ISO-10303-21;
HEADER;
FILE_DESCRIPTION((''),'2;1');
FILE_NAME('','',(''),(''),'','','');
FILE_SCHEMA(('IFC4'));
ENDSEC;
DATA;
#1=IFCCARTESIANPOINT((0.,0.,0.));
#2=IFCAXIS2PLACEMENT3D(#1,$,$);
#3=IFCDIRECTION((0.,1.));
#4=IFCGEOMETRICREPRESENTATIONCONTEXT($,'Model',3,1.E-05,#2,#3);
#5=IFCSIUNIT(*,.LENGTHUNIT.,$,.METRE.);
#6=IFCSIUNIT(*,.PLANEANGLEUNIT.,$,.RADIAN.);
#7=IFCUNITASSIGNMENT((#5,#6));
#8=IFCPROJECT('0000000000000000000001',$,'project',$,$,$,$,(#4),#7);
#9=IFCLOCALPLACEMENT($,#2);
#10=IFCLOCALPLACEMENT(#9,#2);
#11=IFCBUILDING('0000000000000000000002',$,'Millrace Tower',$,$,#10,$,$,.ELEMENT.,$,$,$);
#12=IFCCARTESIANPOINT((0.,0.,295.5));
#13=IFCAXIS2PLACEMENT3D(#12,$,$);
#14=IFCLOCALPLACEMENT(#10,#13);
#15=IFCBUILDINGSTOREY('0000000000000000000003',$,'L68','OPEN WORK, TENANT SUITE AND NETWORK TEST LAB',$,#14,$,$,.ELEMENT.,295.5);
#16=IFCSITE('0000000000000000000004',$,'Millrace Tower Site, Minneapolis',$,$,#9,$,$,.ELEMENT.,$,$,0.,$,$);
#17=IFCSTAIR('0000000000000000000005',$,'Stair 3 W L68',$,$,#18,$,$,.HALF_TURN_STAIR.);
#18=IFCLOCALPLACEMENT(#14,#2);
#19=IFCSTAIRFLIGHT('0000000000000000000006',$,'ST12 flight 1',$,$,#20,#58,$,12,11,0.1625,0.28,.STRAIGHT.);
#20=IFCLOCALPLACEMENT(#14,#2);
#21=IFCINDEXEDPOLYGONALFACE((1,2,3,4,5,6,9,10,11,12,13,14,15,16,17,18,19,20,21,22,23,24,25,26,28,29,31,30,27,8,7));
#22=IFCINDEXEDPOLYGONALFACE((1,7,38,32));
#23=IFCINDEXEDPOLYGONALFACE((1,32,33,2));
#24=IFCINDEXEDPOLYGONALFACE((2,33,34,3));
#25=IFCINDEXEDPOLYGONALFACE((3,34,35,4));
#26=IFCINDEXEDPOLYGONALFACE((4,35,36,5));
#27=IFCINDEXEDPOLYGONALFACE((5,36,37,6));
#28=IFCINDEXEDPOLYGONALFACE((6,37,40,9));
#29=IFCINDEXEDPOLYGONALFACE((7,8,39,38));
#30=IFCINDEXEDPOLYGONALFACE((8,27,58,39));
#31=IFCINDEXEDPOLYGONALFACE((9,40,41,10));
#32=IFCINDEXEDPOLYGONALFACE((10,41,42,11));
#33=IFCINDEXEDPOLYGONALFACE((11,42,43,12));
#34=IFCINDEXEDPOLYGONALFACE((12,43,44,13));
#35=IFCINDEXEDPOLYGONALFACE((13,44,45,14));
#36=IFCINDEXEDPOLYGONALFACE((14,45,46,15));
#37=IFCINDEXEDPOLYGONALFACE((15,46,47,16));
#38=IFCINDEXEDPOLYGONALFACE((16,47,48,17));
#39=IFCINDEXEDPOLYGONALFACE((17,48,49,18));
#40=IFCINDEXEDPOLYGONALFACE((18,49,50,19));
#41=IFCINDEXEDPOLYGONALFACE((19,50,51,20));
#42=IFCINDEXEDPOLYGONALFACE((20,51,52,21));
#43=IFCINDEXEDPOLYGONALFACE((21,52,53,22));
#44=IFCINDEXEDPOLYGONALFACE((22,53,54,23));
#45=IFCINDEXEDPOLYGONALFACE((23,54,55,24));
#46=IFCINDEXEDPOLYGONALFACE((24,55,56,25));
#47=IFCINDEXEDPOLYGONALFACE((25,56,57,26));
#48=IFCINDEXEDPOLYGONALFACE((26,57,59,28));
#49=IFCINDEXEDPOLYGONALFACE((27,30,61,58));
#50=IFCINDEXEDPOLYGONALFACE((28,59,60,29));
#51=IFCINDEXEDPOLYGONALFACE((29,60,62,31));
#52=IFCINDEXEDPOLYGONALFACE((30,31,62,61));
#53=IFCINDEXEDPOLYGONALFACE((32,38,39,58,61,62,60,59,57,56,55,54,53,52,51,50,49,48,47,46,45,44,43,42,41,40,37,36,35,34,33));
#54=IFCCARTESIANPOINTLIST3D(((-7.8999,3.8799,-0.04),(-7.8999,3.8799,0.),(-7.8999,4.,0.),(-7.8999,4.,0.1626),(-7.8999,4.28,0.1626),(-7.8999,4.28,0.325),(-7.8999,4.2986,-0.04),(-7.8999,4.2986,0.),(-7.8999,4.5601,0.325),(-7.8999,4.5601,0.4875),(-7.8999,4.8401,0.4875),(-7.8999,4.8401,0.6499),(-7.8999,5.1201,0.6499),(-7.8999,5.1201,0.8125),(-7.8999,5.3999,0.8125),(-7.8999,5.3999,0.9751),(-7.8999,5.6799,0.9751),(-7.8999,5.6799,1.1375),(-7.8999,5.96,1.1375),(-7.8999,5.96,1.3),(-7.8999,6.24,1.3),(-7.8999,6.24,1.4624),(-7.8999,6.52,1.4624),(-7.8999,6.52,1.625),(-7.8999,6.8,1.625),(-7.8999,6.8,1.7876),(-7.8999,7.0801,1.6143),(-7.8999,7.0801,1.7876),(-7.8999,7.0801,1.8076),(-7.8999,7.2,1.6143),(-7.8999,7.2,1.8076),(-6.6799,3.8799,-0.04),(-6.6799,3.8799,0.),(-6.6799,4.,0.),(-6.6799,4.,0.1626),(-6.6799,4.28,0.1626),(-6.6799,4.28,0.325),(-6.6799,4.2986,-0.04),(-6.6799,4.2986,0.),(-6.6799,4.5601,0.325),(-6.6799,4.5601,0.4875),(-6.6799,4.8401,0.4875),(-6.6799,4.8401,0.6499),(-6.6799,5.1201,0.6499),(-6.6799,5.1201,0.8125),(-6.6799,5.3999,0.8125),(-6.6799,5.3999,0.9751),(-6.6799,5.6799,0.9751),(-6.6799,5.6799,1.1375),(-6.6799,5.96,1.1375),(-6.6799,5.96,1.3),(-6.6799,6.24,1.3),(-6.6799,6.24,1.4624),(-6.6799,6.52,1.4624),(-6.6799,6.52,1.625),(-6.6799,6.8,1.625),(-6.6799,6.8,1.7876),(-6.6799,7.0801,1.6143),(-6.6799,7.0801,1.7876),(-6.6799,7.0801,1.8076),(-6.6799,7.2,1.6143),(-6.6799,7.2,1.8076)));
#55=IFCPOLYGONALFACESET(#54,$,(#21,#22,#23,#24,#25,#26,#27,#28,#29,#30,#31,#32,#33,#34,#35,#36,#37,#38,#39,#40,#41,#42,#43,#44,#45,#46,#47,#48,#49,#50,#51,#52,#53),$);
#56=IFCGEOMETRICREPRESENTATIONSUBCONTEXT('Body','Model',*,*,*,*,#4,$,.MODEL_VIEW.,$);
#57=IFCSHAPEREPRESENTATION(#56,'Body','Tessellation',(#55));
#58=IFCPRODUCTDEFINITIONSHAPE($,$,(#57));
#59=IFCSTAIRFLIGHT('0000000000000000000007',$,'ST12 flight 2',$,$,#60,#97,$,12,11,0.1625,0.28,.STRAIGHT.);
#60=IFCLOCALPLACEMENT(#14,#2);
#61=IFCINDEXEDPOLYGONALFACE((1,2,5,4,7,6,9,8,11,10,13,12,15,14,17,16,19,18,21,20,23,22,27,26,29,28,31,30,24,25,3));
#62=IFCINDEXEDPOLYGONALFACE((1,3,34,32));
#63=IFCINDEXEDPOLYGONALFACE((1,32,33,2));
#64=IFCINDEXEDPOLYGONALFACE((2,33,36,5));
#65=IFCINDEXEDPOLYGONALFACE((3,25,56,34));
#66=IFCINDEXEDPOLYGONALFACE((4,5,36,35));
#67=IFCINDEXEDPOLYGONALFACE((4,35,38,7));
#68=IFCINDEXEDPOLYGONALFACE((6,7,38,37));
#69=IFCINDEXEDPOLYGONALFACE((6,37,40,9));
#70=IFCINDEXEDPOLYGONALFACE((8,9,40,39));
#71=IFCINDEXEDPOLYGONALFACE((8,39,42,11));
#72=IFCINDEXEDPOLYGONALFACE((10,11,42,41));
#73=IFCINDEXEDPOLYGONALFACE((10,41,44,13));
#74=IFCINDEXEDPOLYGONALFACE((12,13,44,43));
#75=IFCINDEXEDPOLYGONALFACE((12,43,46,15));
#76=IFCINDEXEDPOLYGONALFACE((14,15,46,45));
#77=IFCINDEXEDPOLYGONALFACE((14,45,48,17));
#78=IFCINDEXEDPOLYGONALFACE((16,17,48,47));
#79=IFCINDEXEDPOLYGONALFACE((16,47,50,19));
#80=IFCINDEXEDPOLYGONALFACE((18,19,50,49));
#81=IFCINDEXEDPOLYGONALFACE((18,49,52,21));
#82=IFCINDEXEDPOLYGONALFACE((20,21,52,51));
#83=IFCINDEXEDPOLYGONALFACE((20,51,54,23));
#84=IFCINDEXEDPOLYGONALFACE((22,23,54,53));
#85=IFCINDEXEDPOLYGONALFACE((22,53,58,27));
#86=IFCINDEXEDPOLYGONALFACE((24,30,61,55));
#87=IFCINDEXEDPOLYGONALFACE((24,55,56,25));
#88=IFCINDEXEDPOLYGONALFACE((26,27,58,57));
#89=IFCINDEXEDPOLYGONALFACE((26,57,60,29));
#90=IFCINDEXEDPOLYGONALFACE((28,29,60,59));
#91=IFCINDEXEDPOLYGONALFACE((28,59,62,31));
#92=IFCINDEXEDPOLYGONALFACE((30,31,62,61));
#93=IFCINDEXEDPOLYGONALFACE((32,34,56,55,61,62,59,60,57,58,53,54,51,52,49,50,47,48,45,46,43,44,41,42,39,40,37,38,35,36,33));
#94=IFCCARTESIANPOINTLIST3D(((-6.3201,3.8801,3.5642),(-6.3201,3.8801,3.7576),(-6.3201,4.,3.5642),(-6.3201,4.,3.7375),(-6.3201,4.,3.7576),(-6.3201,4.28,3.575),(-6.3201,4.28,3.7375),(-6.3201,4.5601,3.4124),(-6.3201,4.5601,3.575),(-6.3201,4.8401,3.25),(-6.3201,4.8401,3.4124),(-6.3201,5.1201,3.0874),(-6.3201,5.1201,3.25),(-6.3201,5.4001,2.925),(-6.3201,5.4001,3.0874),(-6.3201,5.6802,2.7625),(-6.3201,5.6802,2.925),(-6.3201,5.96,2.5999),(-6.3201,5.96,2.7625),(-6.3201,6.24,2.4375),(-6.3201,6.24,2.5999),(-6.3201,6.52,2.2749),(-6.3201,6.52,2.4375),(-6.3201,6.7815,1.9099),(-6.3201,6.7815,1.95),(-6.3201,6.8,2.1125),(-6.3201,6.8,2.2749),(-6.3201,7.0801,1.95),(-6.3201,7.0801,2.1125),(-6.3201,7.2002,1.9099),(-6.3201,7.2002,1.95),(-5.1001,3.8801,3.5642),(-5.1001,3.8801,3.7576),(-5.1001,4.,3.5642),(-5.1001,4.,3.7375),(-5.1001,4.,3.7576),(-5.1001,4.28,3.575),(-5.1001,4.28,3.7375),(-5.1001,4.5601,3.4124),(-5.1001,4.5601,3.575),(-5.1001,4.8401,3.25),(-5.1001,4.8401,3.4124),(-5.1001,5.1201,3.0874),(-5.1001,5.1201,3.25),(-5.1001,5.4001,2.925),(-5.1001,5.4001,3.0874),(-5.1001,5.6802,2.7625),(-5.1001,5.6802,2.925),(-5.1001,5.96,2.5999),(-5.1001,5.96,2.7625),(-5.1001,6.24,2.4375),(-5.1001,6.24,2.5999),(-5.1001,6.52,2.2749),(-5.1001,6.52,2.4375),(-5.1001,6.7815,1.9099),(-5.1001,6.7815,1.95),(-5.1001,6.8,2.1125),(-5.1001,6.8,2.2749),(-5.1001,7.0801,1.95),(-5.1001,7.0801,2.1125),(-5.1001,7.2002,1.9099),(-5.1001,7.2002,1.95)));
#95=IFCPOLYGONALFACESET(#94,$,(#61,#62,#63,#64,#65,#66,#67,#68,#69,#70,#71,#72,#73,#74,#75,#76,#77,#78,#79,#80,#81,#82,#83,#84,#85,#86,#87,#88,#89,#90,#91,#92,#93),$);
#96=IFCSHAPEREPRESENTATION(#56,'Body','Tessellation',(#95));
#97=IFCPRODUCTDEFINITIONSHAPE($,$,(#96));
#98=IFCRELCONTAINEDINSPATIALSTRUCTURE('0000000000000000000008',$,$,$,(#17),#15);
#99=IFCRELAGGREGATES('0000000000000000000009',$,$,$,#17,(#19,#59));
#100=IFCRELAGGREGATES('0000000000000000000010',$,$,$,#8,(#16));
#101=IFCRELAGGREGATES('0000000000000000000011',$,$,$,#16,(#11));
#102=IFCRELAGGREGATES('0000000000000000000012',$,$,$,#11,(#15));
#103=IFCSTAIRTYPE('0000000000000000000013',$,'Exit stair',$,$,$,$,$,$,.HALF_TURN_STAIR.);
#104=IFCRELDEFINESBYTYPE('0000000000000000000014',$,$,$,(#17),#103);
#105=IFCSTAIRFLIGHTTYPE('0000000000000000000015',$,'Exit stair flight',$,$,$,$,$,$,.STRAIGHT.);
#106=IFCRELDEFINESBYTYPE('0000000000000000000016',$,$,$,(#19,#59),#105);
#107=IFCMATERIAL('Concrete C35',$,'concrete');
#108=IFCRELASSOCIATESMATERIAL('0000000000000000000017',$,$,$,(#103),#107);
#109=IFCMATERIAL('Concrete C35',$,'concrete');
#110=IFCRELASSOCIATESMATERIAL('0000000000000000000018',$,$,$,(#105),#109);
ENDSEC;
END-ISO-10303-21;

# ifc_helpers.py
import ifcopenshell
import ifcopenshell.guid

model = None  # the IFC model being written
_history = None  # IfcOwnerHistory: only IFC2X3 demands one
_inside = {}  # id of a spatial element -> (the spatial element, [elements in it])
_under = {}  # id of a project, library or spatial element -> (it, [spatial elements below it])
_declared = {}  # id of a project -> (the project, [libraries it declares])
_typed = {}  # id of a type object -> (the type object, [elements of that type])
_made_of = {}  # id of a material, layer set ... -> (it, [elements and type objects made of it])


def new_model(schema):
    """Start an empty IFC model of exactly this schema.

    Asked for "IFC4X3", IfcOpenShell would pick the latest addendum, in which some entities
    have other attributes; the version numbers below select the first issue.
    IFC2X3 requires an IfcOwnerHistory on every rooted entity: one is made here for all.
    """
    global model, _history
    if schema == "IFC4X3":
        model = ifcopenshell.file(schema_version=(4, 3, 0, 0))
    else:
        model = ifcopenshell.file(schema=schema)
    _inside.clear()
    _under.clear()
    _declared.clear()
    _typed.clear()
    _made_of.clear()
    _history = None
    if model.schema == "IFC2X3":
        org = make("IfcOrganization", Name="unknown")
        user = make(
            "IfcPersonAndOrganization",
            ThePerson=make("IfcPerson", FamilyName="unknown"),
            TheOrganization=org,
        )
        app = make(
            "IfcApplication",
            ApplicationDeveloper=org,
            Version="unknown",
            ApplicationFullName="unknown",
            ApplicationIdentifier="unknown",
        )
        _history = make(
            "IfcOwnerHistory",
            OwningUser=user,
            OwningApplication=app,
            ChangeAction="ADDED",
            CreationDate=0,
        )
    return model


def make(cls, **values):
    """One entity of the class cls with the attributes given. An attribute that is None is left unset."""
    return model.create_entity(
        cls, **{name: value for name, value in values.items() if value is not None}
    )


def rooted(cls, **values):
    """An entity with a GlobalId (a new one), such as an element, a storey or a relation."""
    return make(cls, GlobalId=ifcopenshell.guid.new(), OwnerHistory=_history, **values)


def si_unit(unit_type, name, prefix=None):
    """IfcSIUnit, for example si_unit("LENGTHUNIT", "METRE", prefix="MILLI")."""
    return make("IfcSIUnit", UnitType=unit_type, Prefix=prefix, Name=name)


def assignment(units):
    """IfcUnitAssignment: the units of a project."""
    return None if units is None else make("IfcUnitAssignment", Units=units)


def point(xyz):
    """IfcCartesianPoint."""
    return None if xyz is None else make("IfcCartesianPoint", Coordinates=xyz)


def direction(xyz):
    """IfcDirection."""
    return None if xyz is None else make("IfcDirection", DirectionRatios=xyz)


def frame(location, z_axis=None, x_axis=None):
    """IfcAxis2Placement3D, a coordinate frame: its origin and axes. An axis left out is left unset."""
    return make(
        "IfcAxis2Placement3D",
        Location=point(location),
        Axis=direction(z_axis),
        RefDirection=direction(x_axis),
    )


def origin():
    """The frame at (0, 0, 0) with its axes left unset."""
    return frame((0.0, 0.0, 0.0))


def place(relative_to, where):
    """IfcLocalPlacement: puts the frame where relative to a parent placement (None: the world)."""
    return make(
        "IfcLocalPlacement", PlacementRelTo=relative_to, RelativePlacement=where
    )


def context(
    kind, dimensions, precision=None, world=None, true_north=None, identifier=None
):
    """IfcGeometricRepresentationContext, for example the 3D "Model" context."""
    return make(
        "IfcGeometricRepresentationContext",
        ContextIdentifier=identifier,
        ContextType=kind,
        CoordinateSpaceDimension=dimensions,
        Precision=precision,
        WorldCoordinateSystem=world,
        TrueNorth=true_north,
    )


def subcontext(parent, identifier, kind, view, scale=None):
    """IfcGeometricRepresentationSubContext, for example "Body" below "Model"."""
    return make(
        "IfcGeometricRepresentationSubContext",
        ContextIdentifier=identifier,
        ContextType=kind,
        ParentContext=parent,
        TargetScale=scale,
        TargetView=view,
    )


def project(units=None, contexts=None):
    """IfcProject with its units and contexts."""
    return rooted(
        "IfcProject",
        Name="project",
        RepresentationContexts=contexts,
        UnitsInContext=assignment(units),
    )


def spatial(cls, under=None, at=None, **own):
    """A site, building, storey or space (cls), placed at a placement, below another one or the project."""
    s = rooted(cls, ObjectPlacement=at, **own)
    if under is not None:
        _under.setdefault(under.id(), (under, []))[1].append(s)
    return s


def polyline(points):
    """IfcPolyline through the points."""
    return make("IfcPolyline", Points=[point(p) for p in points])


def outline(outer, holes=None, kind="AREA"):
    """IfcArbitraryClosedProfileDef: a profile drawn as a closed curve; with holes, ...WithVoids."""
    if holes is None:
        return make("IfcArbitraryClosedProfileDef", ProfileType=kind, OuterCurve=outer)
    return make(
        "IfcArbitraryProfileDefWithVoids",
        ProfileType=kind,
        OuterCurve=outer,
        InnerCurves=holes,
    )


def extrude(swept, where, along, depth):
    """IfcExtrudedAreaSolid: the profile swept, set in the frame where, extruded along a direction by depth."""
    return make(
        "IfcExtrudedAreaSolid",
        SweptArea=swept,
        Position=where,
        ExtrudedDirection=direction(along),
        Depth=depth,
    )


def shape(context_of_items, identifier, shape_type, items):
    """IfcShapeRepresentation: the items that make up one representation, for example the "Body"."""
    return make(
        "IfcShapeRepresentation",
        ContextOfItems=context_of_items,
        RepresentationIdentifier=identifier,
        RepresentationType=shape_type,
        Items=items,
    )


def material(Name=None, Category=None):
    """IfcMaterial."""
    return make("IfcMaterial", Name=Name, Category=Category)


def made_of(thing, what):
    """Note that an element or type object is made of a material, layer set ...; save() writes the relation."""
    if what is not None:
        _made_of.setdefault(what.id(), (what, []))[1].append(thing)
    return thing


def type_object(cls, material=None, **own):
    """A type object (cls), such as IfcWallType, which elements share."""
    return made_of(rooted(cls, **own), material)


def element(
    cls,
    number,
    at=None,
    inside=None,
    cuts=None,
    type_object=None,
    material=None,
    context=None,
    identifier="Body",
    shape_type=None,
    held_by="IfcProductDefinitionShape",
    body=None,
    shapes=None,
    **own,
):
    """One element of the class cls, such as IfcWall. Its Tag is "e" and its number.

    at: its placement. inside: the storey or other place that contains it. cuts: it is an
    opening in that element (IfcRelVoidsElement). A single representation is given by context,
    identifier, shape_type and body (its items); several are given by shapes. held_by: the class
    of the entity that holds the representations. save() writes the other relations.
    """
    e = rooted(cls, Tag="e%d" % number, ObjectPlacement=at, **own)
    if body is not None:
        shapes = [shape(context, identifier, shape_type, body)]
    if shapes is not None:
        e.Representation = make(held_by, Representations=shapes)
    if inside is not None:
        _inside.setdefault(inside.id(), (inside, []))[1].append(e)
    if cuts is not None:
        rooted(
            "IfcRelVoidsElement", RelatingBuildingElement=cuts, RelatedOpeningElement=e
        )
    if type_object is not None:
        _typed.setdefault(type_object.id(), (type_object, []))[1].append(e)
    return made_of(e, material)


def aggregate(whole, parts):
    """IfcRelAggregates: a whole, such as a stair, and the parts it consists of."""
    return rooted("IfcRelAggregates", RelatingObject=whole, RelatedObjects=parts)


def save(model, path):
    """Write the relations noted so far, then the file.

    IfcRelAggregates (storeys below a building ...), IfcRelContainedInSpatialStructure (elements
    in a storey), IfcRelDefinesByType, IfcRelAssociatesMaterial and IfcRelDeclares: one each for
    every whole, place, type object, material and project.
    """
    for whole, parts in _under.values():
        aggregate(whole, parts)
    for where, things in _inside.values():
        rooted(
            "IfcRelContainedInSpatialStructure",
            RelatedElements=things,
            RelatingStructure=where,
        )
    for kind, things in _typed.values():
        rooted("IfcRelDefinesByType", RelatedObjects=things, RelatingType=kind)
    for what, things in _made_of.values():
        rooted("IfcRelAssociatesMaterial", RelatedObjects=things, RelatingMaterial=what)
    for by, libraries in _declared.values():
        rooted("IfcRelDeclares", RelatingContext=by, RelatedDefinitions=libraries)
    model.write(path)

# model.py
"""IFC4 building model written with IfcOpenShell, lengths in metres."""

from ifc_helpers import new_model, si_unit, direction, frame, origin, place, context, subcontext, project, spatial, polyline, outline, extrude, material, type_object, element, aggregate, save


model = new_model("IFC4")

# Units and contexts
model_context = context("Model", 3, precision=1e-05, world=origin(), true_north=direction((0.0, 1.0)))
body_context = subcontext(model_context, "Body", "Model", "MODEL_VIEW")
ifc_project = project(units=[si_unit("LENGTHUNIT", "METRE"), si_unit("PLANEANGLEUNIT", "RADIAN")], contexts=[model_context])

# Site, building, storey
site_placement = place(None, origin())
site = spatial("IfcSite", under=ifc_project, at=site_placement, Name="Millrace Tower Site, Minneapolis", CompositionType="ELEMENT", RefElevation=0.0)
building_placement = place(site_placement, origin())
building = spatial("IfcBuilding", under=site, at=building_placement, Name="Millrace Tower", CompositionType="ELEMENT")
storey_placement = place(building_placement, frame((0.0, 0.0, 295.5)))
storey = spatial("IfcBuildingStorey", under=building, at=storey_placement, Name="L68", Description="OPEN WORK, TENANT SUITE AND NETWORK TEST LAB", CompositionType="ELEMENT", Elevation=295.5)

# Shared definitions
placement_1 = place(storey_placement, origin())

# Stair, stair flights
ifc_material_1 = material(Name="Concrete C35", Category="concrete")
stair_type = type_object("IfcStairType", Name="Exit stair", PredefinedType="HALF_TURN_STAIR", material=ifc_material_1)
ifc_material_2 = material(Name="Concrete C35", Category="concrete")
stair_flight_type = type_object("IfcStairFlightType", Name="Exit stair flight", PredefinedType="STRAIGHT", material=ifc_material_2)
stair_1 = element("IfcStair", 1, at=placement_1, inside=storey, type_object=stair_type, Name="Stair 3 W L68", PredefinedType="HALF_TURN_STAIR")
stair_flight_1_placement = place(storey_placement, frame((-7.29, 4.0, 0.0), z_axis=(0.0, 0.0, 1.0), x_axis=(0.0, 1.0, 0.0)))
stair_flight_1 = element("IfcStairFlight", 2, at=stair_flight_1_placement, type_object=stair_flight_type, Name="ST12 flight 1", NumberOfRisers=12, NumberOfTreads=11, PredefinedType="STRAIGHT", RiserHeight=0.1625, TreadLength=0.28, context=body_context, shape_type="SweptSolid", body=[
    extrude(outline(polyline([(-0.1201, -0.04), (-0.1201, 0.0), (0.0, 0.0), (0.0, 0.1626), (0.28, 0.1626), (0.28, 0.325), (0.5601, 0.325), (0.5601, 0.4875), (0.8401, 0.4875), (0.8401, 0.6499), (1.1201, 0.6499), (1.1201, 0.8125), (1.3999, 0.8125), (1.3999, 0.9751), (1.6799, 0.9751), (1.6799, 1.1375), (1.96, 1.1375), (1.96, 1.3), (2.24, 1.3), (2.24, 1.4624), (2.52, 1.4624), (2.52, 1.625), (2.8, 1.625), (2.8, 1.7876), (3.0801, 1.7876), (3.0801, 1.8076), (3.2, 1.8076), (3.2, 1.6143), (3.0801, 1.6143), (0.2986, 0.0), (0.2986, -0.04), (-0.1201, -0.04)])), frame((0.0, 0.6099, 0.0), z_axis=(0.0, -1.0, 0.0), x_axis=(1.0, 0.0, 0.0)), (0.0, 0.0, 1.0), 1.22),
])
stair_flight_2_placement = place(storey_placement, frame((-5.71, 7.0801, 1.95), z_axis=(0.0, 0.0, 1.0), x_axis=(0.0, -1.0, 0.0)))
stair_flight_2 = element("IfcStairFlight", 3, at=stair_flight_2_placement, type_object=stair_flight_type, Name="ST12 flight 2", NumberOfRisers=12, NumberOfTreads=11, PredefinedType="STRAIGHT", RiserHeight=0.1625, TreadLength=0.28, context=body_context, shape_type="SweptSolid", body=[
    extrude(outline(polyline([(-0.1201, -0.04), (-0.1201, 0.0), (0.0, 0.0), (0.0, 0.1626), (0.28, 0.1626), (0.28, 0.325), (0.5601, 0.325), (0.5601, 0.4875), (0.8401, 0.4875), (0.8401, 0.6499), (1.1201, 0.6499), (1.1201, 0.8125), (1.3999, 0.8125), (1.3999, 0.9751), (1.6799, 0.9751), (1.6799, 1.1375), (1.96, 1.1375), (1.96, 1.3), (2.24, 1.3), (2.24, 1.4624), (2.52, 1.4624), (2.52, 1.625), (2.8, 1.625), (2.8, 1.7876), (3.0801, 1.7876), (3.0801, 1.8076), (3.2, 1.8076), (3.2, 1.6143), (3.0801, 1.6143), (0.2986, 0.0), (0.2986, -0.04), (-0.1201, -0.04)])), frame((0.0, 0.6099, 0.0), z_axis=(0.0, -1.0, 0.0), x_axis=(1.0, 0.0, 0.0)), (0.0, 0.0, 1.0), 1.22),
])
aggregate(stair_1, [stair_flight_1, stair_flight_2])

save(model, "model.ifc")
